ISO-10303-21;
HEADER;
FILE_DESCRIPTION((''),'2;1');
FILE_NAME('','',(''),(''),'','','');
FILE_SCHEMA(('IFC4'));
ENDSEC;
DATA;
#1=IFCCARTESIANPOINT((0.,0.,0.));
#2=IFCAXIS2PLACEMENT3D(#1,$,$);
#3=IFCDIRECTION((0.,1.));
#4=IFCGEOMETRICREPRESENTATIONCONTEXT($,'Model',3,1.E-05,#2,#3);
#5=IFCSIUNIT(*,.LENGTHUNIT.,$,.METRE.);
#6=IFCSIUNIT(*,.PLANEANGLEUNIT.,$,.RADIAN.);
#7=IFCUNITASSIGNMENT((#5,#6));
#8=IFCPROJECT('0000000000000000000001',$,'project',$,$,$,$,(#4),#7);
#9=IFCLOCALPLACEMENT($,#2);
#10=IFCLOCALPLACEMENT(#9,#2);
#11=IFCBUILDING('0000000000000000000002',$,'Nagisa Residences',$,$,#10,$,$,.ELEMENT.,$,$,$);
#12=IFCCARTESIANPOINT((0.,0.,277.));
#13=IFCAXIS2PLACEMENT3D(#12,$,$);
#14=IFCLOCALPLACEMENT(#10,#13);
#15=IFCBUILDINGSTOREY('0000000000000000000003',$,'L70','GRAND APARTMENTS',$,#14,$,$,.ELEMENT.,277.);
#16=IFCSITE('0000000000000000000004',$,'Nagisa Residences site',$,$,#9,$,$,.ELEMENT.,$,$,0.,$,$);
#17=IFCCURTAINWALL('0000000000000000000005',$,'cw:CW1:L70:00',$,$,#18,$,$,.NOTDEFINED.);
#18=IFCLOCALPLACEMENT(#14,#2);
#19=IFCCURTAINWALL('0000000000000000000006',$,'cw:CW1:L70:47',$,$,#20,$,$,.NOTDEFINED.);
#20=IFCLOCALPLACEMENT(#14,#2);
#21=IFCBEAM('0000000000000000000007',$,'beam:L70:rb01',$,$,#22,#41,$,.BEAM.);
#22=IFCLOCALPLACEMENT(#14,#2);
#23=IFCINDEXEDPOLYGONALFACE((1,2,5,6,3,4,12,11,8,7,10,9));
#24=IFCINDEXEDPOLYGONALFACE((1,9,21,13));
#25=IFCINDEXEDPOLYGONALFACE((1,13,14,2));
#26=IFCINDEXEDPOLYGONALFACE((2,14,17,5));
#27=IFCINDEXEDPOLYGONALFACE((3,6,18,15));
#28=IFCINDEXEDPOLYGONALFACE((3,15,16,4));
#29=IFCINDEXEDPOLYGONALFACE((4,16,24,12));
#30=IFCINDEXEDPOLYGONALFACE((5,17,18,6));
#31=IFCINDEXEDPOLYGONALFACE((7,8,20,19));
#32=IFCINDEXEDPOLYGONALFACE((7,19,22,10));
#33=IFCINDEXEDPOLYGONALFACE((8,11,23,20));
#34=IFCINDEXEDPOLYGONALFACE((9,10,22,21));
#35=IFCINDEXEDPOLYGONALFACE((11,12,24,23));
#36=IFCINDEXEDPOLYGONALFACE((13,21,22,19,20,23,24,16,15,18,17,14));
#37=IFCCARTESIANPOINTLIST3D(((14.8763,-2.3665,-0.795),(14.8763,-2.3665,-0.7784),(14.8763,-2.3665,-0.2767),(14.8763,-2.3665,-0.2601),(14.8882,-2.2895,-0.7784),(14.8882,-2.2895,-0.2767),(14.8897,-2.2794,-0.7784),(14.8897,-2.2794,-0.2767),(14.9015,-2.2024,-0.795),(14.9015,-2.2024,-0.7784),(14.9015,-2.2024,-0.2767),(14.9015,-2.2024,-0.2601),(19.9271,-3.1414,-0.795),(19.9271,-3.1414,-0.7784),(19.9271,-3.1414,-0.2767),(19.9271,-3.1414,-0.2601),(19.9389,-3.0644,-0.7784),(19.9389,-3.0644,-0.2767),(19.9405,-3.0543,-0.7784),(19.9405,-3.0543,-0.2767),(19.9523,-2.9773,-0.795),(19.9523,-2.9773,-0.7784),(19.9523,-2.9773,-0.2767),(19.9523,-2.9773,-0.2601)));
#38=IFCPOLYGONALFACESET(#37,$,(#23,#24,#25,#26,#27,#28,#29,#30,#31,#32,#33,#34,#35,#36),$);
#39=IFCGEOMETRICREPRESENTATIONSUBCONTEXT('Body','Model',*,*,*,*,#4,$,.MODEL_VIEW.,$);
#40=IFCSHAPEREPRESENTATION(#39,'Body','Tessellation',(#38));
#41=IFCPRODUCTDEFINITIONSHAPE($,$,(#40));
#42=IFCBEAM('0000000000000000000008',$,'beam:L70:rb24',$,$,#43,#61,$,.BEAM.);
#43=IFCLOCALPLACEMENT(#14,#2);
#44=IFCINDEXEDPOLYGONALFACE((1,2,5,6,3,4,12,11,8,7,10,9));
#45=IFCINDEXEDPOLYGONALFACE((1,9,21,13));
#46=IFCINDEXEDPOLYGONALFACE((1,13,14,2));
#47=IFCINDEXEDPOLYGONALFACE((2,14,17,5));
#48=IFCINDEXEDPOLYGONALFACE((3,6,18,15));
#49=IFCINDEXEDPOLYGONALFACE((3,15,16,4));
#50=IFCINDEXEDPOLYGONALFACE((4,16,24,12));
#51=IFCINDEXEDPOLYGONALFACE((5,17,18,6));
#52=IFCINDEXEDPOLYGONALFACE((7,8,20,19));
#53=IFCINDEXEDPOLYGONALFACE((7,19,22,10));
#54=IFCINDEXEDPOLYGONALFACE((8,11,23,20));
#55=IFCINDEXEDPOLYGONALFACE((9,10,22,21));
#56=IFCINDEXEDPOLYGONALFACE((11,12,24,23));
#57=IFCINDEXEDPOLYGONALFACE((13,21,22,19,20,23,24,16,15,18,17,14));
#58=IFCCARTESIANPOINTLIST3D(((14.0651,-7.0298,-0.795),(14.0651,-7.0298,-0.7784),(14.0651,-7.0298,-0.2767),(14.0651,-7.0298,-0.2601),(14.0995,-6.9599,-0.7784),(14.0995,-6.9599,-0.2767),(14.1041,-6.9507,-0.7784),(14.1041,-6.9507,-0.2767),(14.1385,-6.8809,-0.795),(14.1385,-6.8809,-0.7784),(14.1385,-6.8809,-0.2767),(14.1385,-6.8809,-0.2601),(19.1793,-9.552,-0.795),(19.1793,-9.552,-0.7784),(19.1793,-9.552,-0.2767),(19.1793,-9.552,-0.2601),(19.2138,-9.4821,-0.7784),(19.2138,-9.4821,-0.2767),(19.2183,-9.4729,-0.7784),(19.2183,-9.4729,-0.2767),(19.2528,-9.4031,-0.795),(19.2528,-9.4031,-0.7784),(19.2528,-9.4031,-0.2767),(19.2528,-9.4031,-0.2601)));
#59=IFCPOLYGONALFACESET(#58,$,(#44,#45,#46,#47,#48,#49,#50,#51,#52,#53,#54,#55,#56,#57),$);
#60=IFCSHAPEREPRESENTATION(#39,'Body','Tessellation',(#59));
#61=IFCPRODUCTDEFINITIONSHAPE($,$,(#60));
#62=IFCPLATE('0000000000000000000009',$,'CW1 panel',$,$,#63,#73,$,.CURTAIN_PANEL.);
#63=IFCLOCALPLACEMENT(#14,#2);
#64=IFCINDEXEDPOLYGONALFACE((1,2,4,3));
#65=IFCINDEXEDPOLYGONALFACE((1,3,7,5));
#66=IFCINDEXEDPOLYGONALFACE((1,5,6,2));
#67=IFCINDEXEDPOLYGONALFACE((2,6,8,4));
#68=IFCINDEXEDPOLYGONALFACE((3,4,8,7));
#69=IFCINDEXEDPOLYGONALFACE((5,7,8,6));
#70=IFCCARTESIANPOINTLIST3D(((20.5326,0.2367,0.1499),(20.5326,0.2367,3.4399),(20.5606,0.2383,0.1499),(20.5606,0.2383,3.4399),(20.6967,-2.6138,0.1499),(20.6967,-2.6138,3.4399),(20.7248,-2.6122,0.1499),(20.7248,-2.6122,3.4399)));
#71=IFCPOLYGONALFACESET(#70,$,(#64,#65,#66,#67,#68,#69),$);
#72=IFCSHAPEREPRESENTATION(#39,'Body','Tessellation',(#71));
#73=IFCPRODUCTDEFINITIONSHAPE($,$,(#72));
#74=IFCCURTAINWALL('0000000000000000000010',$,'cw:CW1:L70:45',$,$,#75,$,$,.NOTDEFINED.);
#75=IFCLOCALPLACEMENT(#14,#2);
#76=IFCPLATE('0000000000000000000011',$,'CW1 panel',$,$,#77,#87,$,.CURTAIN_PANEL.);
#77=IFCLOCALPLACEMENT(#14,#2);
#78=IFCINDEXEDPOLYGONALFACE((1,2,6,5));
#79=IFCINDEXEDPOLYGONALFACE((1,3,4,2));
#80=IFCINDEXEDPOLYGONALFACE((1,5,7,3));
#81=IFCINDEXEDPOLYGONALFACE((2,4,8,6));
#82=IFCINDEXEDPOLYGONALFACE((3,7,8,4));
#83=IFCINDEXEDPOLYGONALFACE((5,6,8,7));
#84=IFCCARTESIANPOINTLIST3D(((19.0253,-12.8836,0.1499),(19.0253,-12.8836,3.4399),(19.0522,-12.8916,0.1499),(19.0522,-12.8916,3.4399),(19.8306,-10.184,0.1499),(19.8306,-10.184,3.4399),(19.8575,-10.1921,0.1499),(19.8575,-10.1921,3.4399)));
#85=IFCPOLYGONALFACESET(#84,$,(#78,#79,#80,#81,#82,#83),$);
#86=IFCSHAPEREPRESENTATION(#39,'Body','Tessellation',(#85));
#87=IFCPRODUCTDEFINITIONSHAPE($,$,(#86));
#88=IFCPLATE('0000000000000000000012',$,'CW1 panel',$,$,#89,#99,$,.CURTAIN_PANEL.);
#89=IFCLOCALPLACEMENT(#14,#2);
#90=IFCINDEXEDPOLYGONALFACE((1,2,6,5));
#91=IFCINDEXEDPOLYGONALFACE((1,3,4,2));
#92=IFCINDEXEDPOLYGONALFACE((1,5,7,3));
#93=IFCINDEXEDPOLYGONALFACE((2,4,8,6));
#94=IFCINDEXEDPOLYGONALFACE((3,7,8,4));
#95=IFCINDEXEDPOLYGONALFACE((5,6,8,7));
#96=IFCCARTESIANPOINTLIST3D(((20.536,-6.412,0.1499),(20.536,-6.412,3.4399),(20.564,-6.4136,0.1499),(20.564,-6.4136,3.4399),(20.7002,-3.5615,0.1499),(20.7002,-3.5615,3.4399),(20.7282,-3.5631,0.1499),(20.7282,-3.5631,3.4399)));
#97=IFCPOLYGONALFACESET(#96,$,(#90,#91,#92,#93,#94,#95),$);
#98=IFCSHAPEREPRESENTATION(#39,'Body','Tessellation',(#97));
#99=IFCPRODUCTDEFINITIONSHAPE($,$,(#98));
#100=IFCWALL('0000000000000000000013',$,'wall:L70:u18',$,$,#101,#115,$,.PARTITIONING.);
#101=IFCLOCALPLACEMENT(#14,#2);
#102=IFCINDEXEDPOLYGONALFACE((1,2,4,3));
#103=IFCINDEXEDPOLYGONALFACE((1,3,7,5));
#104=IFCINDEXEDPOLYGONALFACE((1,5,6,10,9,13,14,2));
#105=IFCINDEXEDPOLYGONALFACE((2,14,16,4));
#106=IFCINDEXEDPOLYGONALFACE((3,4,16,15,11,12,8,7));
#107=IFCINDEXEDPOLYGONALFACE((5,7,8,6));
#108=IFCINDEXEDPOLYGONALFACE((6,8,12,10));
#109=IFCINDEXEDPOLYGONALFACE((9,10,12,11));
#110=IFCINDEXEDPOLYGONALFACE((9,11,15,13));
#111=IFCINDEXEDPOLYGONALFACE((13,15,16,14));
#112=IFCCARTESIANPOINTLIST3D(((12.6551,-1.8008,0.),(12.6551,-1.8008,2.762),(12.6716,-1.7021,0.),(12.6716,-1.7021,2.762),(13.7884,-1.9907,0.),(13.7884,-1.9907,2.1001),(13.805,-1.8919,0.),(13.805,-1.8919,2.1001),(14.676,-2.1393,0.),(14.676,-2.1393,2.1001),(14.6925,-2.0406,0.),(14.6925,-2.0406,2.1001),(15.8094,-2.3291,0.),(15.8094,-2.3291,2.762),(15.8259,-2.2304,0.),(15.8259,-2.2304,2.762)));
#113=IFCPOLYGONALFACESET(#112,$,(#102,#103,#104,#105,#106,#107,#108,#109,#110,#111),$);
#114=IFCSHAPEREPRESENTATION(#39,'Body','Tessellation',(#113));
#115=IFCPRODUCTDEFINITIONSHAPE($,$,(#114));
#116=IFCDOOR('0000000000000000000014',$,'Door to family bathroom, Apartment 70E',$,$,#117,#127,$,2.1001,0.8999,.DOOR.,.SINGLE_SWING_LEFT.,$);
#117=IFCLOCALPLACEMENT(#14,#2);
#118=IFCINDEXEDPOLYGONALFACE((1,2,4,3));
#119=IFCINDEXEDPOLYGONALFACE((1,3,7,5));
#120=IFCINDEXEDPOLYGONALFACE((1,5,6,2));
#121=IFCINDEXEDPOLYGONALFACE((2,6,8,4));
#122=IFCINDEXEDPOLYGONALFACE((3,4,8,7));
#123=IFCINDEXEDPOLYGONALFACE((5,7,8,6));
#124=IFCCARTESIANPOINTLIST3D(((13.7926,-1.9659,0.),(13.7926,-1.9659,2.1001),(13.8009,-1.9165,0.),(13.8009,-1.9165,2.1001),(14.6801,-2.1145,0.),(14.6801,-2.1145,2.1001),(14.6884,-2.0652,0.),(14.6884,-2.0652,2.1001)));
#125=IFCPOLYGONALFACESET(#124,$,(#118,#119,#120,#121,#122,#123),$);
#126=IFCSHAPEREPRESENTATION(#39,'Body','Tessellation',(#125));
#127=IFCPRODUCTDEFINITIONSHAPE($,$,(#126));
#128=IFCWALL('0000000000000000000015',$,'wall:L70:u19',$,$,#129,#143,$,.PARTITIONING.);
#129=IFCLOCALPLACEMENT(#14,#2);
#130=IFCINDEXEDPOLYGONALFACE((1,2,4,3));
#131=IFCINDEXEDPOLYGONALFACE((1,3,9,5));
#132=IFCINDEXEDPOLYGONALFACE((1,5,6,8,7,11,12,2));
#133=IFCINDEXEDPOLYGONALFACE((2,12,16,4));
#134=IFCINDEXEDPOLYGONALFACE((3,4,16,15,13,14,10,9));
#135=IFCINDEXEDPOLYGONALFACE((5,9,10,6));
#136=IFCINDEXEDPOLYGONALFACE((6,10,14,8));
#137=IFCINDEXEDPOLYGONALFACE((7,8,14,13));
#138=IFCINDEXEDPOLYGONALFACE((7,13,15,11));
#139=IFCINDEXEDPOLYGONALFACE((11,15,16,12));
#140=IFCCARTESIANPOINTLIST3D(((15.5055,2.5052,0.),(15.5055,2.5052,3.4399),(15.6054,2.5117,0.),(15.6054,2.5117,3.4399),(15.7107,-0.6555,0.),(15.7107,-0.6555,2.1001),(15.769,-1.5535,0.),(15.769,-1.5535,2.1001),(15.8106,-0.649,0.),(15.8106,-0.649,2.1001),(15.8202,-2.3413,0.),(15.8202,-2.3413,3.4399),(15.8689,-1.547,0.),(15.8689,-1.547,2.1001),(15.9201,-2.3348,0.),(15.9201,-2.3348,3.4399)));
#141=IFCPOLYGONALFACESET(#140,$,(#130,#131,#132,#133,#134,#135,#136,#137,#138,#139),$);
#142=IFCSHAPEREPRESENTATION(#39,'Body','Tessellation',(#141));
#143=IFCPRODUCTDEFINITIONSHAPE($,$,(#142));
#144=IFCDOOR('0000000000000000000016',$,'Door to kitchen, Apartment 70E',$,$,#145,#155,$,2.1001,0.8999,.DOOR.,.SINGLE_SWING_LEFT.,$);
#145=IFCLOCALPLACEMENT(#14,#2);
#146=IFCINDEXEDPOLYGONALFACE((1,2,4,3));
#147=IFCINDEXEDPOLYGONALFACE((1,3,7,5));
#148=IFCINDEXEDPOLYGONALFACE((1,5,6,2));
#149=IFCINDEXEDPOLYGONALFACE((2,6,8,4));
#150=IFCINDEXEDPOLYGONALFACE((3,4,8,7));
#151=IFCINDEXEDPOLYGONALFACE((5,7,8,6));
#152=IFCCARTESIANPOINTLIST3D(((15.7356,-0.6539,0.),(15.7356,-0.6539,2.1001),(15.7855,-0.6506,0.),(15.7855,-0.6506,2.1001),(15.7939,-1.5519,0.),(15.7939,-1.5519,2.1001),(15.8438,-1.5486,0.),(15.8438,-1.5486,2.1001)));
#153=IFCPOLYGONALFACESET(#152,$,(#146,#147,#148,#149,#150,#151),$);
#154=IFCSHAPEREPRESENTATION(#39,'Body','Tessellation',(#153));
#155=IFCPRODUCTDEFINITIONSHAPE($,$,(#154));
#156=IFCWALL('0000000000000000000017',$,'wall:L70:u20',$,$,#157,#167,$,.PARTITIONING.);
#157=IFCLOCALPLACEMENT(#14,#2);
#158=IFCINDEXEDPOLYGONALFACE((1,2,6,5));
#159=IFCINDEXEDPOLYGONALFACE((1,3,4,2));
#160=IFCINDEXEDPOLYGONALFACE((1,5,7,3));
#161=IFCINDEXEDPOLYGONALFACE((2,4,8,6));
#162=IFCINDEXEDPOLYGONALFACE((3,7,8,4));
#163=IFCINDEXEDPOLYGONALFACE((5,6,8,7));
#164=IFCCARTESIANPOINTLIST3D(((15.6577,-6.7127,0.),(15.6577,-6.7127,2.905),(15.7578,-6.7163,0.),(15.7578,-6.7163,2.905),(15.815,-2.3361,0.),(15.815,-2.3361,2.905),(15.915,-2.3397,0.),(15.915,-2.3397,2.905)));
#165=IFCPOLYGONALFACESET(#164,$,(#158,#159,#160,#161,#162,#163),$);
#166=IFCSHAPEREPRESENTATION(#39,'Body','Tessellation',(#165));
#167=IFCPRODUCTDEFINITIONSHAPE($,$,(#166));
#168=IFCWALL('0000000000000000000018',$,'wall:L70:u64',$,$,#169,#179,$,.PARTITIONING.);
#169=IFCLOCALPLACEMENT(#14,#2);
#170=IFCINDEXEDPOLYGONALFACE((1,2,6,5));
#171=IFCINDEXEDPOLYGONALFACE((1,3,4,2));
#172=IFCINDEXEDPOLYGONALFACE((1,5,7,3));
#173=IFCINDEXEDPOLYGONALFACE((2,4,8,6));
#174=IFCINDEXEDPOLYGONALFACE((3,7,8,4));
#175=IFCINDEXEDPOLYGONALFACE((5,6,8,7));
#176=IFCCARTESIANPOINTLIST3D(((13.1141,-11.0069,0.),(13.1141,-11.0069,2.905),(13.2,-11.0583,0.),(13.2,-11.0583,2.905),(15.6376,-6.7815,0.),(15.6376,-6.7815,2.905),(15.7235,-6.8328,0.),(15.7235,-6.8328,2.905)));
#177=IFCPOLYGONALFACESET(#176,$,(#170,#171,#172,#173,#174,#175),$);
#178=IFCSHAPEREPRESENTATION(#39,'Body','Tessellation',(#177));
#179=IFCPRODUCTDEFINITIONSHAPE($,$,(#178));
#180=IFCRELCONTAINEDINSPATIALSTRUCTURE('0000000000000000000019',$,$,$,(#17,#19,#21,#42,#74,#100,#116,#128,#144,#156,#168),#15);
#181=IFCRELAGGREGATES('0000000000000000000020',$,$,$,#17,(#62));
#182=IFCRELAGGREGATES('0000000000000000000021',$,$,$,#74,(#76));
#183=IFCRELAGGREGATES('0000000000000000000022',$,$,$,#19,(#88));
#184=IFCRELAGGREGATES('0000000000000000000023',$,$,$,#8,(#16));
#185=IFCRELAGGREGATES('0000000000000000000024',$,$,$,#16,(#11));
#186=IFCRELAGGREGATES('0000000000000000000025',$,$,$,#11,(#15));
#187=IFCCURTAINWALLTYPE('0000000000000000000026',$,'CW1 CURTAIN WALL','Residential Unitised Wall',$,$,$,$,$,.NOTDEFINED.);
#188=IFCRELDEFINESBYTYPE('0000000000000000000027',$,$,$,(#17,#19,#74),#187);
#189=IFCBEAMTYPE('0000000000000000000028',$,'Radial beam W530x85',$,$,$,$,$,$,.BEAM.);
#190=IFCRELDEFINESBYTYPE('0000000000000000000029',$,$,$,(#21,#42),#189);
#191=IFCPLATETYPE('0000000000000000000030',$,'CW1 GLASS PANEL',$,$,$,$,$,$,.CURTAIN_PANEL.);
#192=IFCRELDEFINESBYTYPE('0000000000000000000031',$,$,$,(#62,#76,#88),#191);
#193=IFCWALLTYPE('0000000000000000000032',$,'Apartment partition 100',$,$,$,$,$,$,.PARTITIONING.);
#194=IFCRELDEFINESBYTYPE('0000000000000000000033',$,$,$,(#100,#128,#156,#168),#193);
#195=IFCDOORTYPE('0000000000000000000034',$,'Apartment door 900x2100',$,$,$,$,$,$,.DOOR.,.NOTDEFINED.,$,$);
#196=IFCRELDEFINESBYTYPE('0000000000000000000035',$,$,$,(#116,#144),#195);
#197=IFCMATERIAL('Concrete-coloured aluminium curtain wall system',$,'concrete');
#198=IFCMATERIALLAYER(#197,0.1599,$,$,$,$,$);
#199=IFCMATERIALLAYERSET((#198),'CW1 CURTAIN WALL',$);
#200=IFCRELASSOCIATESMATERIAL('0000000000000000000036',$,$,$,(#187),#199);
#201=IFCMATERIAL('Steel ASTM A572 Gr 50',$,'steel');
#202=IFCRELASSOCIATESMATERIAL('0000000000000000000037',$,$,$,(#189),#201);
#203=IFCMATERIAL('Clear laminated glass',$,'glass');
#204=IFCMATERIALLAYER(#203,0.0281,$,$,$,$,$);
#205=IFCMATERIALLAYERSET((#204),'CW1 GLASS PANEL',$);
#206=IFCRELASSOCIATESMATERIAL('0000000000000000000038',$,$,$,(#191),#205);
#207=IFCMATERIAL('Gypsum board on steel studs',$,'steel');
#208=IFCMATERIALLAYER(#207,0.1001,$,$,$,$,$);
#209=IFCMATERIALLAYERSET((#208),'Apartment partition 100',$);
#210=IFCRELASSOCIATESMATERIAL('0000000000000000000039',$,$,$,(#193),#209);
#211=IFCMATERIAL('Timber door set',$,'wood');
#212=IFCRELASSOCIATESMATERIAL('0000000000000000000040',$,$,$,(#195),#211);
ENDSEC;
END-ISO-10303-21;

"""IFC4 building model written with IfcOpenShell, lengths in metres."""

from ifc_helpers import new_model, si_unit, direction, frame, frame_2d, origin, origin_2d, place, context, subcontext, project, spatial, rectangle, i_section, extrude, material, layer, layer_set, material_profile, profile_set, type_object, element, fill, aggregate, save


model = new_model("IFC4")

# Units and contexts
model_context = context("Model", 3, precision=1e-05, world=origin(), true_north=direction((0.0, 1.0)))
body_context = subcontext(model_context, "Body", "Model", "MODEL_VIEW")
ifc_project = project(units=[si_unit("LENGTHUNIT", "METRE"), si_unit("PLANEANGLEUNIT", "RADIAN")], contexts=[model_context])

# Site, building, storey
site_placement = place(None, origin())
site = spatial("IfcSite", under=ifc_project, at=site_placement, Name="Nagisa Residences site", CompositionType="ELEMENT", RefElevation=0.0)
building_placement = place(site_placement, origin())
building = spatial("IfcBuilding", under=site, at=building_placement, Name="Nagisa Residences", CompositionType="ELEMENT")
storey_placement = place(building_placement, frame((0.0, 0.0, 277.0)))
storey = spatial("IfcBuildingStorey", under=building, at=storey_placement, Name="L70", Description="GRAND APARTMENTS", CompositionType="ELEMENT", Elevation=277.0)

# Curtain walls
ifc_material_1 = material(Name="Concrete-coloured aluminium curtain wall system", Category="concrete")
ifc_layer_1 = layer(ifc_material_1, 0.1599)
ifc_layer_set_1 = layer_set([ifc_layer_1], Name="CW1 CURTAIN WALL")
curtain_wall_type = type_object("IfcCurtainWallType", Name="CW1 CURTAIN WALL", Description="Residential Unitised Wall", PredefinedType="NOTDEFINED", material=ifc_layer_set_1)
curtain_wall_1_placement = place(storey_placement, origin())
curtain_wall_1 = element("IfcCurtainWall", 1, at=curtain_wall_1_placement, inside=storey, type_object=curtain_wall_type, Name="cw:CW1:L70:00", PredefinedType="NOTDEFINED")
curtain_wall_2_placement = place(storey_placement, origin())
curtain_wall_2 = element("IfcCurtainWall", 2, at=curtain_wall_2_placement, inside=storey, type_object=curtain_wall_type, Name="cw:CW1:L70:47", PredefinedType="NOTDEFINED")

# Beams
ifc_material_2 = material(Name="Steel ASTM A572 Gr 50", Category="steel")
ifc_material_profile_1 = material_profile(ifc_material_2, i_section(OverallWidth=0.166, OverallDepth=0.5349, WebThickness=0.0103, FlangeThickness=0.0166, at=origin_2d()), Name="W530x85")
ifc_profile_set_1 = profile_set([ifc_material_profile_1], Name="Steel ASTM A572 Gr 50")
beam_type_1 = type_object("IfcBeamType", Name="Radial beam W530x85", PredefinedType="BEAM", material=ifc_profile_set_1)
beam_1_placement = place(storey_placement, frame((19.9397, -3.0593, -0.5276), z_axis=(-0.988435, 0.151648, 0.0), x_axis=(-0.151648, -0.988435, 0.0)))
element("IfcBeam", 3, at=beam_1_placement, inside=storey, type_object=beam_type_1, Name="beam:L70:rb01", PredefinedType="BEAM", context=body_context, shape_type="SweptSolid", body=[
    extrude(i_section(OverallWidth=0.166, OverallDepth=0.5349, WebThickness=0.0103, FlangeThickness=0.0166, at=origin_2d()), origin(), (0.0, 0.0, 1.0), 5.1099),
])
beam_2_placement = place(storey_placement, frame((19.2161, -9.4775, -0.5276), z_axis=(-0.896863, 0.442309, 0.0), x_axis=(-0.442309, -0.896863, 0.0)))
element("IfcBeam", 4, at=beam_2_placement, inside=storey, type_object=beam_type_1, Name="beam:L70:rb24", PredefinedType="BEAM", context=body_context, shape_type="SweptSolid", body=[
    extrude(i_section(OverallWidth=0.166, OverallDepth=0.5349, WebThickness=0.0103, FlangeThickness=0.0166, at=origin_2d()), origin(), (0.0, 0.0, 1.0), 5.7024),
])

# Plate
ifc_material_3 = material(Name="Clear laminated glass", Category="glass")
ifc_layer_2 = layer(ifc_material_3, 0.0281)
ifc_layer_set_2 = layer_set([ifc_layer_2], Name="CW1 GLASS PANEL")
plate_type = type_object("IfcPlateType", Name="CW1 GLASS PANEL", PredefinedType="CURTAIN_PANEL", material=ifc_layer_set_2)
plate_1_placement = place(storey_placement, frame((20.6287, -1.1877, 0.1499), z_axis=(0.0, 0.0, 1.0), x_axis=(-0.057503, 0.998345, 0.0)))
plate_1 = element("IfcPlate", 5, at=plate_1_placement, type_object=plate_type, Name="CW1 panel", PredefinedType="CURTAIN_PANEL", context=body_context, shape_type="SweptSolid", body=[
    extrude(rectangle(XDim=2.8552, YDim=0.0281, at=origin_2d()), origin(), (0.0, 0.0, 1.0), 3.29),
])
aggregate(curtain_wall_1, [plate_1])

# Curtain wall, plate
curtain_wall_3_placement = place(storey_placement, origin())
curtain_wall_3 = element("IfcCurtainWall", 6, at=curtain_wall_3_placement, inside=storey, type_object=curtain_wall_type, Name="cw:CW1:L70:45", PredefinedType="NOTDEFINED")
plate_2_placement = place(storey_placement, frame((19.4414, -11.5378, 0.1499), z_axis=(0.0, 0.0, 1.0), x_axis=(0.28586, 0.958271, 0.0)))
plate_2 = element("IfcPlate", 7, at=plate_2_placement, type_object=plate_type, Name="CW1 panel", PredefinedType="CURTAIN_PANEL", context=body_context, shape_type="SweptSolid", body=[
    extrude(rectangle(XDim=2.8171, YDim=0.0281, at=origin_2d()), origin(), (0.0, 0.0, 1.0), 3.29),
])
aggregate(curtain_wall_3, [plate_2])

# Plate
plate_3_placement = place(storey_placement, frame((20.6321, -4.9875, 0.1499), z_axis=(0.0, 0.0, 1.0), x_axis=(0.057503, 0.998345, 0.0)))
plate_3 = element("IfcPlate", 8, at=plate_3_placement, type_object=plate_type, Name="CW1 panel", PredefinedType="CURTAIN_PANEL", context=body_context, shape_type="SweptSolid", body=[
    extrude(rectangle(XDim=2.8552, YDim=0.0281, at=origin_2d()), origin(), (0.0, 0.0, 1.0), 3.29),
])
aggregate(curtain_wall_2, [plate_3])

# Walls, openings, doors
ifc_material_4 = material(Name="Gypsum board on steel studs", Category="steel")
ifc_layer_3 = layer(ifc_material_4, 0.1001)
ifc_layer_set_3 = layer_set([ifc_layer_3], Name="Apartment partition 100")
wall_type_1 = type_object("IfcWallType", Name="Apartment partition 100", PredefinedType="PARTITIONING", material=ifc_layer_set_3)
wall_1_placement = place(storey_placement, frame((12.6633, -1.7515, 0.0), z_axis=(0.0, 0.0, 1.0), x_axis=(0.986262, -0.165191, 0.0)))
wall_1 = element("IfcWall", 9, at=wall_1_placement, inside=storey, type_object=wall_type_1, Name="wall:L70:u18", PredefinedType="PARTITIONING", context=body_context, shape_type="SweptSolid", body=[
    extrude(rectangle(XDim=3.1982, YDim=0.1001, at=frame_2d((1.5991, 0.0))), origin(), (0.0, 0.0, 1.0), 2.762),
])
opening_1_placement = place(wall_1_placement, frame((1.1492, 0.0, 0.0)))
opening_1 = element("IfcOpeningElement", 10, at=opening_1_placement, cuts=wall_1, PredefinedType="OPENING", context=body_context, shape_type="SweptSolid", body=[
    extrude(rectangle(XDim=0.8999, YDim=2.1001, at=frame_2d((0.45, 1.05))), frame((0.0, 0.0601, 0.0), z_axis=(0.0, -1.0, 0.0), x_axis=(1.0, 0.0, 0.0)), (0.0, 0.0, 1.0), 0.1201),
])
ifc_material_5 = material(Name="Timber door set", Category="wood")
door_type_1 = type_object("IfcDoorType", Name="Apartment door 900x2100", OperationType="NOTDEFINED", PredefinedType="DOOR", material=ifc_material_5)
door_1_placement = place(opening_1_placement, frame((0.8999, 0.0, 0.0), x_axis=(-1.0, 0.0, 0.0)))
door_1 = element("IfcDoor", 11, at=door_1_placement, inside=storey, type_object=door_type_1, Name="Door to family bathroom, Apartment 70E", OperationType="SINGLE_SWING_LEFT", OverallHeight=2.1001, OverallWidth=0.8999, PredefinedType="DOOR", context=body_context, shape_type="SweptSolid", body=[
    extrude(rectangle(XDim=0.8999, YDim=2.1001, at=frame_2d((0.45, 1.05))), frame((0.0, 0.0249, 0.0), z_axis=(0.0, -1.0, 0.0), x_axis=(1.0, 0.0, 0.0)), (0.0, 0.0, 1.0), 0.05),
])
fill(opening_1, door_1)
wall_2_placement = place(storey_placement, frame((15.8701, -2.3379, 0.0), z_axis=(0.0, 0.0, 1.0), x_axis=(-0.064797, 0.997898, 0.0)))
wall_2 = element("IfcWall", 12, at=wall_2_placement, inside=storey, type_object=wall_type_1, Name="wall:L70:u19", PredefinedType="PARTITIONING", context=body_context, shape_type="SweptSolid", body=[
    extrude(rectangle(XDim=4.8567, YDim=0.1001, at=frame_2d((2.4282, 0.0))), origin(), (0.0, 0.0, 1.0), 3.4399),
])
opening_2_placement = place(wall_2_placement, frame((0.7893, 0.0, 0.0)))
opening_2 = element("IfcOpeningElement", 13, at=opening_2_placement, cuts=wall_2, PredefinedType="OPENING", context=body_context, shape_type="SweptSolid", body=[
    extrude(rectangle(XDim=0.8999, YDim=2.1001, at=frame_2d((0.45, 1.05))), frame((0.0, 0.0601, 0.0), z_axis=(0.0, -1.0, 0.0), x_axis=(1.0, 0.0, 0.0)), (0.0, 0.0, 1.0), 0.1201),
])
door_2_placement = place(opening_2_placement, frame((0.8999, 0.0, 0.0), x_axis=(-1.0, 0.0, 0.0)))
door_2 = element("IfcDoor", 14, at=door_2_placement, inside=storey, type_object=door_type_1, Name="Door to kitchen, Apartment 70E", OperationType="SINGLE_SWING_LEFT", OverallHeight=2.1001, OverallWidth=0.8999, PredefinedType="DOOR", context=body_context, shape_type="SweptSolid", body=[
    extrude(rectangle(XDim=0.8999, YDim=2.1001, at=frame_2d((0.45, 1.05))), frame((0.0, 0.0249, 0.0), z_axis=(0.0, -1.0, 0.0), x_axis=(1.0, 0.0, 0.0)), (0.0, 0.0, 1.0), 0.05),
])
fill(opening_2, door_2)

# Walls
wall_3_placement = place(storey_placement, frame((15.865, -2.3379, 0.0), z_axis=(0.0, 0.0, 1.0), x_axis=(-0.035902, -0.999355, 0.0)))
element("IfcWall", 15, at=wall_3_placement, inside=storey, type_object=wall_type_1, Name="wall:L70:u20", PredefinedType="PARTITIONING", context=body_context, shape_type="SweptSolid", body=[
    extrude(rectangle(XDim=4.3794, YDim=0.1001, at=frame_2d((2.1897, 0.0))), origin(), (0.0, 0.0, 1.0), 2.905),
])
wall_4_placement = place(storey_placement, frame((13.157, -11.0327, 0.0), z_axis=(0.0, 0.0, 1.0), x_axis=(0.512737, 0.858546, 0.0)))
element("IfcWall", 16, at=wall_4_placement, inside=storey, type_object=wall_type_1, Name="wall:L70:u64", PredefinedType="PARTITIONING", context=body_context, shape_type="SweptSolid", body=[
    extrude(rectangle(XDim=4.9216, YDim=0.1001, at=frame_2d((2.4609, 0.0))), origin(), (0.0, 0.0, 1.0), 2.905),
])

save(model, "model.ifc")
